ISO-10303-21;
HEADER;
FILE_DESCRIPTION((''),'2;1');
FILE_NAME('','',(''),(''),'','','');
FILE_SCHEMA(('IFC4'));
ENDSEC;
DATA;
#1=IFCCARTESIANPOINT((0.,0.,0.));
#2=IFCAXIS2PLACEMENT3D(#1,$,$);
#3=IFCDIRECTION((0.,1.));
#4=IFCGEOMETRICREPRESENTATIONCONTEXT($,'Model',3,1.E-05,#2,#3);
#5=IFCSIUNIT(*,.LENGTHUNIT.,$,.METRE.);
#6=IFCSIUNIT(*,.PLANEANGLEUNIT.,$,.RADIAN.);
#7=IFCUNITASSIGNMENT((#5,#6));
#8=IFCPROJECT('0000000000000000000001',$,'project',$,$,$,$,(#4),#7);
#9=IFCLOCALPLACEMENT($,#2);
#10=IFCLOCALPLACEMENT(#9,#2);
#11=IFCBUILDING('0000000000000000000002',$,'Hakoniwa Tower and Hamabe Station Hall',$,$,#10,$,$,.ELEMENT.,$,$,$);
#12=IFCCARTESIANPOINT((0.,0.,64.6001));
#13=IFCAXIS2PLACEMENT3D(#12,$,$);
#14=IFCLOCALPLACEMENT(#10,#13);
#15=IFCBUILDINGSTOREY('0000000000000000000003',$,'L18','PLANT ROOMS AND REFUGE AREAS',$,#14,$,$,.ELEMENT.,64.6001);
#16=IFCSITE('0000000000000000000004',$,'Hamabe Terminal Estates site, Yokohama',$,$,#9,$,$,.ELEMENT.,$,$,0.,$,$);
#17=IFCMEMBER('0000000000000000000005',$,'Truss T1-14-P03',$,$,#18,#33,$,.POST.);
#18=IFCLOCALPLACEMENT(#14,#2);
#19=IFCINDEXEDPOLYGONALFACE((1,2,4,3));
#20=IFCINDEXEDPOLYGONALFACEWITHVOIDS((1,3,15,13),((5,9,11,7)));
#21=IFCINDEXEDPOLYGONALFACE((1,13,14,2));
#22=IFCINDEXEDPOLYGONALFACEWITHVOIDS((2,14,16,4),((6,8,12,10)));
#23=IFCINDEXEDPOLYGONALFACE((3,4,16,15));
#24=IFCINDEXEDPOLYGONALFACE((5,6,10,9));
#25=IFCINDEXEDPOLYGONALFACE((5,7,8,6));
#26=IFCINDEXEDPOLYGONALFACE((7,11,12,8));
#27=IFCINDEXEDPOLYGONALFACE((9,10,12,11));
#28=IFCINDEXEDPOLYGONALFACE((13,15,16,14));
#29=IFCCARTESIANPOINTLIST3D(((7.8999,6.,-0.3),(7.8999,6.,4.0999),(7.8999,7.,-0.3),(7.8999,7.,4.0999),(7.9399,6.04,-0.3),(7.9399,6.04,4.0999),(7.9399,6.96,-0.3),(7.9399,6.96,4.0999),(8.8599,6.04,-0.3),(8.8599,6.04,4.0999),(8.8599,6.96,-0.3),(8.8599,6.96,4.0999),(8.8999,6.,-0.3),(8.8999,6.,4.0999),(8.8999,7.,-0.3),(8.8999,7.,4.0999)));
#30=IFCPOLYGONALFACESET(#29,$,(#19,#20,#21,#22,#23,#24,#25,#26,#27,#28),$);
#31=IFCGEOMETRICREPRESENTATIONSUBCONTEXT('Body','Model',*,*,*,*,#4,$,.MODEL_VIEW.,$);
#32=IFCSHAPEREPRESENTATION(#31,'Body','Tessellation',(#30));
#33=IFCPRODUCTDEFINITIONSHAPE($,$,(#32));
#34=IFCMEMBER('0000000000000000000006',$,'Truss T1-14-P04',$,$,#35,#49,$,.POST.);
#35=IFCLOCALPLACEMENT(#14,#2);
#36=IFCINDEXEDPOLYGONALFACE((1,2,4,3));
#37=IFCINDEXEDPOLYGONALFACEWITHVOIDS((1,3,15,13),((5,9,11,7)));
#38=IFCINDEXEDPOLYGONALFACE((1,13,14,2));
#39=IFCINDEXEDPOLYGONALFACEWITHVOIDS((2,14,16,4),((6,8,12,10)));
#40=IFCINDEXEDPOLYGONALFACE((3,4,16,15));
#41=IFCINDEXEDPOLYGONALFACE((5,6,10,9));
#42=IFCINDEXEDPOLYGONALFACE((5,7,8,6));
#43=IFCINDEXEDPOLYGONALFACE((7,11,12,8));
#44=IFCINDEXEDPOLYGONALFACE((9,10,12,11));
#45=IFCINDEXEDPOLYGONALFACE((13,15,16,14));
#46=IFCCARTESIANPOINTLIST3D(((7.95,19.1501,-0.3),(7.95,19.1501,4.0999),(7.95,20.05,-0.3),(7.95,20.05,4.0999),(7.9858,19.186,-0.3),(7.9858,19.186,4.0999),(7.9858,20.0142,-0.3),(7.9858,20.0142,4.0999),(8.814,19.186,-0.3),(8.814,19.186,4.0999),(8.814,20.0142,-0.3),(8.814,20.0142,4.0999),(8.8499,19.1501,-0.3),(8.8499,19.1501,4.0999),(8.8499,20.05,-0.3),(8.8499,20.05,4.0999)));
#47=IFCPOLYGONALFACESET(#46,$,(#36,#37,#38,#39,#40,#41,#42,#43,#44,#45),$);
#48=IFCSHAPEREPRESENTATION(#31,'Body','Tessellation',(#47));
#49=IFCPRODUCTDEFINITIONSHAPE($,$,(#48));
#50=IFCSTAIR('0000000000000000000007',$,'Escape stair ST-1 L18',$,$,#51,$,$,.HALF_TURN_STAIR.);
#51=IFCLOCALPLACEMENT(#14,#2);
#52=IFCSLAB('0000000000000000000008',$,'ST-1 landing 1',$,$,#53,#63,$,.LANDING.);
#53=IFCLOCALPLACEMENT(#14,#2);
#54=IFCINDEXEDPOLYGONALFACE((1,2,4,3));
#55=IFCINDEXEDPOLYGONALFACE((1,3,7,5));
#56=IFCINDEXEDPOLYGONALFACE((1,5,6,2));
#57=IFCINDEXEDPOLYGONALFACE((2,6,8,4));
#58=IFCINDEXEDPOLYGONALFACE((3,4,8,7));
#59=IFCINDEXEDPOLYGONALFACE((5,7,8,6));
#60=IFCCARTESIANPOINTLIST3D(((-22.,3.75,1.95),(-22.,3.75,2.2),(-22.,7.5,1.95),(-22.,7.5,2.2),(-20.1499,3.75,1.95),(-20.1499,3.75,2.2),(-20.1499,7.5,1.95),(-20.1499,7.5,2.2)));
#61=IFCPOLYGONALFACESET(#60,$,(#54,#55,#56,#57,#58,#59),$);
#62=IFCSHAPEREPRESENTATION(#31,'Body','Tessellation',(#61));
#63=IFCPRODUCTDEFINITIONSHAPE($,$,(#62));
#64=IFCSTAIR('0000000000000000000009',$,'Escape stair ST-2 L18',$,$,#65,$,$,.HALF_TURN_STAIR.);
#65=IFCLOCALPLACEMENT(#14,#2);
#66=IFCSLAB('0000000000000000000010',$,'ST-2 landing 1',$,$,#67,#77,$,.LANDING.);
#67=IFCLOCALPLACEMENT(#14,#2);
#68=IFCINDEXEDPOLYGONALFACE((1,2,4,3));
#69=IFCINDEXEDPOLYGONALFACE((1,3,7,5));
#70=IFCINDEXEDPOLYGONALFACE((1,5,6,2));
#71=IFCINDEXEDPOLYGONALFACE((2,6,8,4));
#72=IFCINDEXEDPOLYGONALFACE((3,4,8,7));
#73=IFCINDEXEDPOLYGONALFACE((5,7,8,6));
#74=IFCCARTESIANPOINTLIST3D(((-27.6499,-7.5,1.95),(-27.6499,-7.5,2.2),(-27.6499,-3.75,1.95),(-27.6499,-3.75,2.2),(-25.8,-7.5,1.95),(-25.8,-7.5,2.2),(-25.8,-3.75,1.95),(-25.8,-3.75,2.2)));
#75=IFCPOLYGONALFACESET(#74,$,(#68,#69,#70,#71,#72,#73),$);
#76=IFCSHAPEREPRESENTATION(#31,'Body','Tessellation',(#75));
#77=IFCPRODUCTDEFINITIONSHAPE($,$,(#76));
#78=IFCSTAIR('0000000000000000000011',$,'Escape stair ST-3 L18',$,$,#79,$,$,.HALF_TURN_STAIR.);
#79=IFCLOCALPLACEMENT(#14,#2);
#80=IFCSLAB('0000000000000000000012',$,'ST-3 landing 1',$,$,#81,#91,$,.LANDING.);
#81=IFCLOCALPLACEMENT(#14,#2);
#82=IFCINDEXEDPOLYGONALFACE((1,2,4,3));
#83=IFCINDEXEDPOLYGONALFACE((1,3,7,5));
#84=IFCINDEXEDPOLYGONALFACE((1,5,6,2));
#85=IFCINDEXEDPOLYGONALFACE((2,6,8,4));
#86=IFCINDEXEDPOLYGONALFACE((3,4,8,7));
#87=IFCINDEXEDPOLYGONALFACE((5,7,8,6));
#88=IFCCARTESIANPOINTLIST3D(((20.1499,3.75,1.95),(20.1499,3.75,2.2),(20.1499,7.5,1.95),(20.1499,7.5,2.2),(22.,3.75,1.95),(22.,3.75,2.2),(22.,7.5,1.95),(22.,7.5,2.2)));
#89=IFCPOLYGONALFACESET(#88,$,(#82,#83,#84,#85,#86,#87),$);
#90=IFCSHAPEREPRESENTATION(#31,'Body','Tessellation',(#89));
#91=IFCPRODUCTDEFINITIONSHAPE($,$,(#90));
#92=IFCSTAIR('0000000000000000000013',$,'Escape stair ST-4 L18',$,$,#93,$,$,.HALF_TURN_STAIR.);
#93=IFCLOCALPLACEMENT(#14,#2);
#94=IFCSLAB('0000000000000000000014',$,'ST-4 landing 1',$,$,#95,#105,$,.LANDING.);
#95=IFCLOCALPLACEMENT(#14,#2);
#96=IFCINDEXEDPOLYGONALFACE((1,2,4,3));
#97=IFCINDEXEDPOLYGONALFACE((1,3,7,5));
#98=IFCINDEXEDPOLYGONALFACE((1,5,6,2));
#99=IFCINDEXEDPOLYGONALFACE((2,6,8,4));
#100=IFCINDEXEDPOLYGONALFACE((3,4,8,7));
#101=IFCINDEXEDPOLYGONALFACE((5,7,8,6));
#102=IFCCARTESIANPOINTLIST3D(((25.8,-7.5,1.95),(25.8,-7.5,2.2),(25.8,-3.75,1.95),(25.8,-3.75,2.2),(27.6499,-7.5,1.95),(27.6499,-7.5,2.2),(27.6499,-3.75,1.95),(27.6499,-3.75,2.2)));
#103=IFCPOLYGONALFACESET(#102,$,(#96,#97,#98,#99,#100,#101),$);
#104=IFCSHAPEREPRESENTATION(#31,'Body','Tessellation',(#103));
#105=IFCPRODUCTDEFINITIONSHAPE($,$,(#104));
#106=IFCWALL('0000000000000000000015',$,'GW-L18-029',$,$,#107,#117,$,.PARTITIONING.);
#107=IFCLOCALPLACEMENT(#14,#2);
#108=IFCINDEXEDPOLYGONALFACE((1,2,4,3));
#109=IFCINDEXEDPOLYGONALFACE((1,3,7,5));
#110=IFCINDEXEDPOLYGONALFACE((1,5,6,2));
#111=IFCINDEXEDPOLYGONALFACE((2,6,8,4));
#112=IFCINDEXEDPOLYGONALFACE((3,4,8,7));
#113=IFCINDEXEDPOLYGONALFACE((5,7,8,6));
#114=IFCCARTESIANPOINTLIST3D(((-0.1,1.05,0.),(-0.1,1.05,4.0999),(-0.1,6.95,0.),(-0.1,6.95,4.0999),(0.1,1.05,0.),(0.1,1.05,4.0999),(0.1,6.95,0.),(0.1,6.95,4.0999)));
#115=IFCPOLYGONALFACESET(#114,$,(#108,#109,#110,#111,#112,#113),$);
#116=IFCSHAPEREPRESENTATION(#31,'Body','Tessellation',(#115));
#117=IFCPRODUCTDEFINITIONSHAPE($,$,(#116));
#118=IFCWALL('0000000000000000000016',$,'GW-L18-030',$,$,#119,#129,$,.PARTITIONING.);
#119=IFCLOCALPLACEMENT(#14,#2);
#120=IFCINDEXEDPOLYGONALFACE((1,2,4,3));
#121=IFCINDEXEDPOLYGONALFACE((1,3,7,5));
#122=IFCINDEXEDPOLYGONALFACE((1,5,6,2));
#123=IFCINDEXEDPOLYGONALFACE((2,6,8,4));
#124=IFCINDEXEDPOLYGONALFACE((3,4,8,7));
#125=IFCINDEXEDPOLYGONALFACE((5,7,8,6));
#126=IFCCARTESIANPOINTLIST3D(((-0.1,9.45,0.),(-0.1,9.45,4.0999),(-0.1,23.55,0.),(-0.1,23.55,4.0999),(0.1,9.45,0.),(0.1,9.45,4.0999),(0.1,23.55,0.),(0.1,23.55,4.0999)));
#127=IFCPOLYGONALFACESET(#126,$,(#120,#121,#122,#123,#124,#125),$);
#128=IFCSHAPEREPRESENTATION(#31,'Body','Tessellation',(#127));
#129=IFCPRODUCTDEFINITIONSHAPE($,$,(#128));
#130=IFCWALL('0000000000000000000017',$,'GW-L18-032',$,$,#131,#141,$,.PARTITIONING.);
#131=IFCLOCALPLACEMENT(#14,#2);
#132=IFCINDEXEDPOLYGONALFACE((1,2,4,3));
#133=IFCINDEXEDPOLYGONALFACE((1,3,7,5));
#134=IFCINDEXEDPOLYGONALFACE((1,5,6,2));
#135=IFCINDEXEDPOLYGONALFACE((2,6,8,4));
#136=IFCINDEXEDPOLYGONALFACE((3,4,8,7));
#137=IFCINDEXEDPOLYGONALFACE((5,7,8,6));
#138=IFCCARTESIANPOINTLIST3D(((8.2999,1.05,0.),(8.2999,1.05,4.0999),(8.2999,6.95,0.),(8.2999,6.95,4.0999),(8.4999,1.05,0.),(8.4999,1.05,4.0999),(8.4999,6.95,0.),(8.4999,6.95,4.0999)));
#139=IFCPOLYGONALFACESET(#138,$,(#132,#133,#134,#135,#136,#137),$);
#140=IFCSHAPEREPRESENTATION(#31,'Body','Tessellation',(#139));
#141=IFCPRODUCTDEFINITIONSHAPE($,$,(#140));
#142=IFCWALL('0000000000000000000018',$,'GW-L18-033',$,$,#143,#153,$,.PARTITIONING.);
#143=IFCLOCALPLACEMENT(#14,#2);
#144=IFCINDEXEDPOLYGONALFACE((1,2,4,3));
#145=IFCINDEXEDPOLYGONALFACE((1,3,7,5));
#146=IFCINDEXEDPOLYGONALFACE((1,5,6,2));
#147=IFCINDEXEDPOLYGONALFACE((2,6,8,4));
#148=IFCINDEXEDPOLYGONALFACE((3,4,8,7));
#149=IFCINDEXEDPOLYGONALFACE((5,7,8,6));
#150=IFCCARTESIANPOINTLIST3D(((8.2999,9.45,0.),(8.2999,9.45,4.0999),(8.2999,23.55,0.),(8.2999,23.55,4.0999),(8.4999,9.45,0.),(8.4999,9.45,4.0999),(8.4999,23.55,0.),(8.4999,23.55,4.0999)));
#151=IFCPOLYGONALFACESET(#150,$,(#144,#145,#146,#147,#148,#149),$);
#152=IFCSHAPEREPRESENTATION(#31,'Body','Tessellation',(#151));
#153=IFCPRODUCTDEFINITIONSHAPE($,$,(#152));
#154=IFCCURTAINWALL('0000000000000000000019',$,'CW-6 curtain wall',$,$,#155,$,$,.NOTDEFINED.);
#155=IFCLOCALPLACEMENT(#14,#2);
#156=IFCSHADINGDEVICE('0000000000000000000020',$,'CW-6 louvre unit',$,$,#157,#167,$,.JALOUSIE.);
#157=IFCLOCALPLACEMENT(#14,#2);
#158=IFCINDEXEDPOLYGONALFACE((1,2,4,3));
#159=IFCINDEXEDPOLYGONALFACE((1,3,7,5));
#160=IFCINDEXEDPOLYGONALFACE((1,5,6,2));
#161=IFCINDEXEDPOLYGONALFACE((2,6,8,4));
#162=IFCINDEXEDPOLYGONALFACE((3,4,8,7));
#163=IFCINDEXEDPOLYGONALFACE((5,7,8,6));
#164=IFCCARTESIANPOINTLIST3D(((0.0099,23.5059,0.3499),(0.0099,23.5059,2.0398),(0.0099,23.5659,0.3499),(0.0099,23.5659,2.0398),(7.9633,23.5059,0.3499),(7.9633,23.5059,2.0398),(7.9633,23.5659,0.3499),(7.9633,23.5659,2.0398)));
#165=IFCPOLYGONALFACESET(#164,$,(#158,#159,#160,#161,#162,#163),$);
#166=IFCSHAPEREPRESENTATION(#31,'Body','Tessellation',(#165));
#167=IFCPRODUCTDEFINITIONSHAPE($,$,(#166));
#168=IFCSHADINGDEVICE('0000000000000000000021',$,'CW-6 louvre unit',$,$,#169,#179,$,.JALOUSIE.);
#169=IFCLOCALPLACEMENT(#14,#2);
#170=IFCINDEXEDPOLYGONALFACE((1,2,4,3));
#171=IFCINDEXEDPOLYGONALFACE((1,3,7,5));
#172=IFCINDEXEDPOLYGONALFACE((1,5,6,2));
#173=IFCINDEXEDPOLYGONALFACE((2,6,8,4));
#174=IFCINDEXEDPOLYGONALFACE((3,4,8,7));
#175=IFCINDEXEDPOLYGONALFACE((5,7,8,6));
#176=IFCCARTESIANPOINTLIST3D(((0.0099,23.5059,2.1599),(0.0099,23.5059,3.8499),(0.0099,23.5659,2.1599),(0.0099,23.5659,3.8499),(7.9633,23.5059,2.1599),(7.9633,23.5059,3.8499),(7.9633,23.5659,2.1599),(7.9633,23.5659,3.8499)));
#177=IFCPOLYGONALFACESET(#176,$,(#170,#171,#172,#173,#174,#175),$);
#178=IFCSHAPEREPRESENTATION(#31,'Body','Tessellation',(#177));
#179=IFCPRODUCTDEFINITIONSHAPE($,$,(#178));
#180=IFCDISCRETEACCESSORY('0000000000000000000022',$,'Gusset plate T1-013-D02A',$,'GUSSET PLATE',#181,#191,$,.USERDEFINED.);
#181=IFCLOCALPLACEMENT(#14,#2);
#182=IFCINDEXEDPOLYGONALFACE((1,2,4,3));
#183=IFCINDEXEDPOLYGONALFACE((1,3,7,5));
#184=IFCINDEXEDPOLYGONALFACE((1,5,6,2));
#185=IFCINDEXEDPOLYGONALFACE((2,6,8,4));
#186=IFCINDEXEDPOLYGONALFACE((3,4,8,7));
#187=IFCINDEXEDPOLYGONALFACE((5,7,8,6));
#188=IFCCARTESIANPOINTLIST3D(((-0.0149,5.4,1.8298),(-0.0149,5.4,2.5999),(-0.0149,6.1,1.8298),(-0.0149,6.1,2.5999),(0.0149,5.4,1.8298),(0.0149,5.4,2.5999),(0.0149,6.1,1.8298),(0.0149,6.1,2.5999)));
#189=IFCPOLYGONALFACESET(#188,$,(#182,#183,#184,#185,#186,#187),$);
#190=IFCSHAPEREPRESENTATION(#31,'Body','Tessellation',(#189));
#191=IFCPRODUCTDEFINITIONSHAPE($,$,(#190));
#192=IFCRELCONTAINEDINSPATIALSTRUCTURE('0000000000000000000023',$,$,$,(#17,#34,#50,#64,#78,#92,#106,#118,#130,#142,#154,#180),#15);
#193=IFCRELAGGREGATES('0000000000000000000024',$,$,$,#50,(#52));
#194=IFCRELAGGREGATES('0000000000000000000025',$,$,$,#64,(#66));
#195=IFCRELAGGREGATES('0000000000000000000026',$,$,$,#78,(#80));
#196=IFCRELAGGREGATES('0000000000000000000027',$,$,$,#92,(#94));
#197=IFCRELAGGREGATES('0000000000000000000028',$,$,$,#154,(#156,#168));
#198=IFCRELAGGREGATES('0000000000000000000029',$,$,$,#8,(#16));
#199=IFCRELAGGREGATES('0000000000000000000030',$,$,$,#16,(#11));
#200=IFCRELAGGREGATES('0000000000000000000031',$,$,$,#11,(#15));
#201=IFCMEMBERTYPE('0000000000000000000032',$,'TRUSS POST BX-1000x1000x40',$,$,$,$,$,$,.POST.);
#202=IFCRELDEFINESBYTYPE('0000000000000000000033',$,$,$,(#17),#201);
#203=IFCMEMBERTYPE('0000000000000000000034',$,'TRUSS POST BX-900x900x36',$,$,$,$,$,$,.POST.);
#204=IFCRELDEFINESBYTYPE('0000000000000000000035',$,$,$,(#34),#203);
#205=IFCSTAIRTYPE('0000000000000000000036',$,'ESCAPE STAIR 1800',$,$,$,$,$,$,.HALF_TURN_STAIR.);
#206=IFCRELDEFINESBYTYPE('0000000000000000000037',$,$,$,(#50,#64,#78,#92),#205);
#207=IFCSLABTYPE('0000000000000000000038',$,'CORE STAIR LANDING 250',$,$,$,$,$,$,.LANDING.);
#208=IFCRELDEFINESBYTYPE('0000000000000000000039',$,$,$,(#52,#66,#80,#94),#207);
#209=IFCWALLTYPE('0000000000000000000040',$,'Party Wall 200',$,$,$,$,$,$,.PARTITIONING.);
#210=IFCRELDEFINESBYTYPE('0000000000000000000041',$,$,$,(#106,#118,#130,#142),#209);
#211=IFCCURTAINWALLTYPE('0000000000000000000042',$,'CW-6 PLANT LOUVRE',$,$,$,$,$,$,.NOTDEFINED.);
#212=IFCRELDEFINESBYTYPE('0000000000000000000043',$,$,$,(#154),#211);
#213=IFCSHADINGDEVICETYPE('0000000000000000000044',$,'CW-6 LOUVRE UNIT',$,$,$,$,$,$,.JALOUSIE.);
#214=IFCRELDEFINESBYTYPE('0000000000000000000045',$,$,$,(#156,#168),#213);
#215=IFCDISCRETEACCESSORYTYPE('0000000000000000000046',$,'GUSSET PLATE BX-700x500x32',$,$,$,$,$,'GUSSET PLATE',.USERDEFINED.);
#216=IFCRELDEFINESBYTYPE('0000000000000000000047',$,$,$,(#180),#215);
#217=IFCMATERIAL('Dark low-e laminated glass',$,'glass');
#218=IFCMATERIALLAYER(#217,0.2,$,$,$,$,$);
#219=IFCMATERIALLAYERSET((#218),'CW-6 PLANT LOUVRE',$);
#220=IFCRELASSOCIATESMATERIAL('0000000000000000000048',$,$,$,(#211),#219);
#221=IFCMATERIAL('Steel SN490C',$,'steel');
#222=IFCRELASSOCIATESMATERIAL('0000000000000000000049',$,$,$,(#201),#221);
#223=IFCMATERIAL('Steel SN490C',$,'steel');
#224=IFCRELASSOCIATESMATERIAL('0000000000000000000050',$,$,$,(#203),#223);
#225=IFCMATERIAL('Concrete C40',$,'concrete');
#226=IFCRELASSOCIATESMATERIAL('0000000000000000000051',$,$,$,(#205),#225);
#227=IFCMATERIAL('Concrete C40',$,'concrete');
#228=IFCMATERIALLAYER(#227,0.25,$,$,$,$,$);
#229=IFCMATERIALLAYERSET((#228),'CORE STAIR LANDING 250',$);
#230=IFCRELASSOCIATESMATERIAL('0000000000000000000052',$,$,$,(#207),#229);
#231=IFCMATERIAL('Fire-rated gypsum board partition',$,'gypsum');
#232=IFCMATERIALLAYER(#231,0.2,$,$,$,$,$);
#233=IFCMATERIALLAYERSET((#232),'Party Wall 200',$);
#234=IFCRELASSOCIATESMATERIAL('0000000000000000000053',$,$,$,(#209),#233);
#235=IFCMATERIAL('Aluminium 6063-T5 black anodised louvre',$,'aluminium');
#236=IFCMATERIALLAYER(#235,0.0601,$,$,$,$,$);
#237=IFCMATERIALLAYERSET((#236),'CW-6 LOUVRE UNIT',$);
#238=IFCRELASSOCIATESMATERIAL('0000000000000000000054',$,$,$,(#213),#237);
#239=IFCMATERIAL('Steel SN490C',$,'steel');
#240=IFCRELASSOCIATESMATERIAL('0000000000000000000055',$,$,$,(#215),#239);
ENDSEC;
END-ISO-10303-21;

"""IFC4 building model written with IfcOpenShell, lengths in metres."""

from ifc_helpers import new_model, si_unit, direction, frame, frame_2d, origin, origin_2d, place, context, subcontext, project, spatial, polyline, rectangle, hollow_rectangle, outline, extrude, material, layer, layer_set, material_profile, profile_set, type_object, element, aggregate, save


model = new_model("IFC4")

# Units and contexts
model_context = context("Model", 3, precision=1e-05, world=origin(), true_north=direction((0.0, 1.0)))
body_context = subcontext(model_context, "Body", "Model", "MODEL_VIEW")
ifc_project = project(units=[si_unit("LENGTHUNIT", "METRE"), si_unit("PLANEANGLEUNIT", "RADIAN")], contexts=[model_context])

# Site, building, storey
site_placement = place(None, origin())
site = spatial("IfcSite", under=ifc_project, at=site_placement, Name="Hamabe Terminal Estates site, Yokohama", CompositionType="ELEMENT", RefElevation=0.0)
building_placement = place(site_placement, origin())
building = spatial("IfcBuilding", under=site, at=building_placement, Name="Hakoniwa Tower and Hamabe Station Hall", CompositionType="ELEMENT")
storey_placement = place(building_placement, frame((0.0, 0.0, 64.6001)))
storey = spatial("IfcBuildingStorey", under=building, at=storey_placement, Name="L18", Description="PLANT ROOMS AND REFUGE AREAS", CompositionType="ELEMENT", Elevation=64.6001)

# Shared definitions
ifc_material_1 = material(Name="Dark low-e laminated glass", Category="glass")
ifc_layer_1 = layer(ifc_material_1, 0.2)
ifc_layer_set_1 = layer_set([ifc_layer_1], Name="CW-6 PLANT LOUVRE")
curtain_wall_type = type_object("IfcCurtainWallType", Name="CW-6 PLANT LOUVRE", PredefinedType="NOTDEFINED", material=ifc_layer_set_1)

# Members
ifc_material_2 = material(Name="Steel SN490C", Category="steel")
ifc_material_profile_1 = material_profile(ifc_material_2, hollow_rectangle(XDim=1.0, YDim=1.0, WallThickness=0.04, at=origin_2d()), Name="BX-1000x1000x40")
ifc_profile_set_1 = profile_set([ifc_material_profile_1], Name="Steel SN490C")
member_type_1 = type_object("IfcMemberType", Name="TRUSS POST BX-1000x1000x40", PredefinedType="POST", material=ifc_profile_set_1)
member_1_placement = place(storey_placement, frame((8.3999, 6.5, -0.3), z_axis=(0.0, 0.0, 1.0), x_axis=(1.0, 0.0, 0.0)))
element("IfcMember", 1, at=member_1_placement, inside=storey, type_object=member_type_1, Name="Truss T1-14-P03", PredefinedType="POST", context=body_context, shape_type="SweptSolid", body=[
    extrude(hollow_rectangle(XDim=1.0, YDim=1.0, WallThickness=0.04, at=origin_2d()), origin(), (0.0, 0.0, 1.0), 4.3999),
])
ifc_material_3 = material(Name="Steel SN490C", Category="steel")
ifc_material_profile_2 = material_profile(ifc_material_3, hollow_rectangle(XDim=0.8999, YDim=0.8999, WallThickness=0.0359, at=origin_2d()), Name="BX-900x900x36")
ifc_profile_set_2 = profile_set([ifc_material_profile_2], Name="Steel SN490C")
member_type_2 = type_object("IfcMemberType", Name="TRUSS POST BX-900x900x36", PredefinedType="POST", material=ifc_profile_set_2)
member_2_placement = place(storey_placement, frame((8.3999, 19.6001, -0.3), z_axis=(0.0, 0.0, 1.0), x_axis=(1.0, 0.0, 0.0)))
element("IfcMember", 2, at=member_2_placement, inside=storey, type_object=member_type_2, Name="Truss T1-14-P04", PredefinedType="POST", context=body_context, shape_type="SweptSolid", body=[
    extrude(hollow_rectangle(XDim=0.8999, YDim=0.8999, WallThickness=0.0359, at=origin_2d()), origin(), (0.0, 0.0, 1.0), 4.3999),
])

# Stairs, slabs
ifc_material_4 = material(Name="Concrete C40", Category="concrete")
stair_type = type_object("IfcStairType", Name="ESCAPE STAIR 1800", PredefinedType="HALF_TURN_STAIR", material=ifc_material_4)
stair_1_placement = place(storey_placement, origin())
stair_1 = element("IfcStair", 3, at=stair_1_placement, inside=storey, type_object=stair_type, Name="Escape stair ST-1 L18", PredefinedType="HALF_TURN_STAIR")
ifc_material_5 = material(Name="Concrete C40", Category="concrete")
ifc_layer_2 = layer(ifc_material_5, 0.25)
ifc_layer_set_2 = layer_set([ifc_layer_2], Name="CORE STAIR LANDING 250")
slab_type = type_object("IfcSlabType", Name="CORE STAIR LANDING 250", PredefinedType="LANDING", material=ifc_layer_set_2)
slab_1_placement = place(storey_placement, frame((0.0, 0.0, 1.95)))
slab_1 = element("IfcSlab", 4, at=slab_1_placement, type_object=slab_type, Name="ST-1 landing 1", PredefinedType="LANDING", context=body_context, shape_type="SweptSolid", body=[
    extrude(outline(polyline([(-22.0, 3.75), (-20.1499, 3.75), (-20.1499, 7.5), (-22.0, 7.5), (-22.0, 3.75)])), origin(), (0.0, 0.0, 1.0), 0.25),
])
aggregate(stair_1, [slab_1])
stair_2_placement = place(storey_placement, origin())
stair_2 = element("IfcStair", 5, at=stair_2_placement, inside=storey, type_object=stair_type, Name="Escape stair ST-2 L18", PredefinedType="HALF_TURN_STAIR")
slab_2_placement = place(storey_placement, frame((0.0, 0.0, 1.95)))
slab_2 = element("IfcSlab", 6, at=slab_2_placement, type_object=slab_type, Name="ST-2 landing 1", PredefinedType="LANDING", context=body_context, shape_type="SweptSolid", body=[
    extrude(outline(polyline([(-25.8, -7.5), (-27.6499, -7.5), (-27.6499, -3.75), (-25.8, -3.75), (-25.8, -7.5)])), origin(), (0.0, 0.0, 1.0), 0.25),
])
aggregate(stair_2, [slab_2])
stair_3_placement = place(storey_placement, origin())
stair_3 = element("IfcStair", 7, at=stair_3_placement, inside=storey, type_object=stair_type, Name="Escape stair ST-3 L18", PredefinedType="HALF_TURN_STAIR")
slab_3_placement = place(storey_placement, frame((0.0, 0.0, 1.95)))
slab_3 = element("IfcSlab", 8, at=slab_3_placement, type_object=slab_type, Name="ST-3 landing 1", PredefinedType="LANDING", context=body_context, shape_type="SweptSolid", body=[
    extrude(outline(polyline([(22.0, 3.75), (20.1499, 3.75), (20.1499, 7.5), (22.0, 7.5), (22.0, 3.75)])), origin(), (0.0, 0.0, 1.0), 0.25),
])
aggregate(stair_3, [slab_3])
stair_4_placement = place(storey_placement, origin())
stair_4 = element("IfcStair", 9, at=stair_4_placement, inside=storey, type_object=stair_type, Name="Escape stair ST-4 L18", PredefinedType="HALF_TURN_STAIR")
slab_4_placement = place(storey_placement, frame((0.0, 0.0, 1.95)))
slab_4 = element("IfcSlab", 10, at=slab_4_placement, type_object=slab_type, Name="ST-4 landing 1", PredefinedType="LANDING", context=body_context, shape_type="SweptSolid", body=[
    extrude(outline(polyline([(25.8, -7.5), (27.6499, -7.5), (27.6499, -3.75), (25.8, -3.75), (25.8, -7.5)])), origin(), (0.0, 0.0, 1.0), 0.25),
])
aggregate(stair_4, [slab_4])

# Walls
ifc_material_6 = material(Name="Fire-rated gypsum board partition", Category="gypsum")
ifc_layer_3 = layer(ifc_material_6, 0.2)
ifc_layer_set_3 = layer_set([ifc_layer_3], Name="Party Wall 200")
wall_type = type_object("IfcWallType", Name="Party Wall 200", PredefinedType="PARTITIONING", material=ifc_layer_set_3)
wall_1_placement = place(storey_placement, frame((0.0, 1.05, 0.0), z_axis=(0.0, 0.0, 1.0), x_axis=(0.0, 1.0, 0.0)))
element("IfcWall", 11, at=wall_1_placement, inside=storey, type_object=wall_type, Name="GW-L18-029", PredefinedType="PARTITIONING", context=body_context, shape_type="SweptSolid", body=[
    extrude(rectangle(XDim=5.8999, YDim=0.2, at=frame_2d((2.95, 0.0))), origin(), (0.0, 0.0, 1.0), 4.0999),
])
wall_2_placement = place(storey_placement, frame((0.0, 9.45, 0.0), z_axis=(0.0, 0.0, 1.0), x_axis=(0.0, 1.0, 0.0)))
element("IfcWall", 12, at=wall_2_placement, inside=storey, type_object=wall_type, Name="GW-L18-030", PredefinedType="PARTITIONING", context=body_context, shape_type="SweptSolid", body=[
    extrude(rectangle(XDim=14.1001, YDim=0.2, at=frame_2d((7.05, 0.0))), origin(), (0.0, 0.0, 1.0), 4.0999),
])
wall_3_placement = place(storey_placement, frame((8.3999, 1.05, 0.0), z_axis=(0.0, 0.0, 1.0), x_axis=(0.0, 1.0, 0.0)))
element("IfcWall", 13, at=wall_3_placement, inside=storey, type_object=wall_type, Name="GW-L18-032", PredefinedType="PARTITIONING", context=body_context, shape_type="SweptSolid", body=[
    extrude(rectangle(XDim=5.8999, YDim=0.2, at=frame_2d((2.95, 0.0))), origin(), (0.0, 0.0, 1.0), 4.0999),
])
wall_4_placement = place(storey_placement, frame((8.3999, 9.45, 0.0), z_axis=(0.0, 0.0, 1.0), x_axis=(0.0, 1.0, 0.0)))
element("IfcWall", 14, at=wall_4_placement, inside=storey, type_object=wall_type, Name="GW-L18-033", PredefinedType="PARTITIONING", context=body_context, shape_type="SweptSolid", body=[
    extrude(rectangle(XDim=14.1001, YDim=0.2, at=frame_2d((7.05, 0.0))), origin(), (0.0, 0.0, 1.0), 4.0999),
])

# Curtain wall, shading devices
curtain_wall_1_placement = place(storey_placement, origin())
curtain_wall_1 = element("IfcCurtainWall", 15, at=curtain_wall_1_placement, inside=storey, type_object=curtain_wall_type, Name="CW-6 curtain wall", PredefinedType="NOTDEFINED")
ifc_material_7 = material(Name="Aluminium 6063-T5 black anodised louvre", Category="aluminium")
ifc_layer_4 = layer(ifc_material_7, 0.0601)
ifc_layer_set_4 = layer_set([ifc_layer_4], Name="CW-6 LOUVRE UNIT")
shading_device_type = type_object("IfcShadingDeviceType", Name="CW-6 LOUVRE UNIT", PredefinedType="JALOUSIE", material=ifc_layer_set_4)
shading_device_1_placement = place(storey_placement, frame((3.9866, 23.5359, 0.3499), z_axis=(0.0, 0.0, 1.0), x_axis=(-1.0, 0.0, 0.0)))
shading_device_1 = element("IfcShadingDevice", 16, at=shading_device_1_placement, type_object=shading_device_type, Name="CW-6 louvre unit", PredefinedType="JALOUSIE", context=body_context, shape_type="SweptSolid", body=[
    extrude(rectangle(XDim=7.9534, YDim=0.0601, at=origin_2d()), origin(), (0.0, 0.0, 1.0), 1.6899),
])
shading_device_2_placement = place(storey_placement, frame((3.9866, 23.5359, 2.1599), z_axis=(0.0, 0.0, 1.0), x_axis=(-1.0, 0.0, 0.0)))
shading_device_2 = element("IfcShadingDevice", 17, at=shading_device_2_placement, type_object=shading_device_type, Name="CW-6 louvre unit", PredefinedType="JALOUSIE", context=body_context, shape_type="SweptSolid", body=[
    extrude(rectangle(XDim=7.9534, YDim=0.0601, at=origin_2d()), origin(), (0.0, 0.0, 1.0), 1.6899),
])
aggregate(curtain_wall_1, [shading_device_1, shading_device_2])

# Discrete accessory
ifc_material_8 = material(Name="Steel SN490C", Category="steel")
ifc_material_profile_3 = material_profile(ifc_material_8, rectangle(XDim=0.7, YDim=0.77, at=origin_2d()), Name="GUSSET PLATE BX-700x500x32")
ifc_profile_set_3 = profile_set([ifc_material_profile_3], Name="Steel SN490C")
discrete_accessory_type = type_object("IfcDiscreteAccessoryType", Name="GUSSET PLATE BX-700x500x32", ElementType="GUSSET PLATE", PredefinedType="USERDEFINED", material=ifc_profile_set_3)
for number, where, z_axis, x_axis, name in (
    (18, (0.0149, 5.75, 2.2148), (-1.0, 0.0, 0.0), (0.0, -1.0, 0.0), "Gusset plate T1-013-D02A"),
):
    element("IfcDiscreteAccessory", number, at=place(storey_placement, frame(where, z_axis=z_axis, x_axis=x_axis)), inside=storey, type_object=discrete_accessory_type, Name=name, ObjectType="GUSSET PLATE", PredefinedType="USERDEFINED", context=body_context, shape_type="SweptSolid", body=[
        extrude(rectangle(XDim=0.7, YDim=0.77, at=origin_2d()), origin(), (0.0, 0.0, 1.0), 0.0298),
    ])

save(model, "model.ifc")
